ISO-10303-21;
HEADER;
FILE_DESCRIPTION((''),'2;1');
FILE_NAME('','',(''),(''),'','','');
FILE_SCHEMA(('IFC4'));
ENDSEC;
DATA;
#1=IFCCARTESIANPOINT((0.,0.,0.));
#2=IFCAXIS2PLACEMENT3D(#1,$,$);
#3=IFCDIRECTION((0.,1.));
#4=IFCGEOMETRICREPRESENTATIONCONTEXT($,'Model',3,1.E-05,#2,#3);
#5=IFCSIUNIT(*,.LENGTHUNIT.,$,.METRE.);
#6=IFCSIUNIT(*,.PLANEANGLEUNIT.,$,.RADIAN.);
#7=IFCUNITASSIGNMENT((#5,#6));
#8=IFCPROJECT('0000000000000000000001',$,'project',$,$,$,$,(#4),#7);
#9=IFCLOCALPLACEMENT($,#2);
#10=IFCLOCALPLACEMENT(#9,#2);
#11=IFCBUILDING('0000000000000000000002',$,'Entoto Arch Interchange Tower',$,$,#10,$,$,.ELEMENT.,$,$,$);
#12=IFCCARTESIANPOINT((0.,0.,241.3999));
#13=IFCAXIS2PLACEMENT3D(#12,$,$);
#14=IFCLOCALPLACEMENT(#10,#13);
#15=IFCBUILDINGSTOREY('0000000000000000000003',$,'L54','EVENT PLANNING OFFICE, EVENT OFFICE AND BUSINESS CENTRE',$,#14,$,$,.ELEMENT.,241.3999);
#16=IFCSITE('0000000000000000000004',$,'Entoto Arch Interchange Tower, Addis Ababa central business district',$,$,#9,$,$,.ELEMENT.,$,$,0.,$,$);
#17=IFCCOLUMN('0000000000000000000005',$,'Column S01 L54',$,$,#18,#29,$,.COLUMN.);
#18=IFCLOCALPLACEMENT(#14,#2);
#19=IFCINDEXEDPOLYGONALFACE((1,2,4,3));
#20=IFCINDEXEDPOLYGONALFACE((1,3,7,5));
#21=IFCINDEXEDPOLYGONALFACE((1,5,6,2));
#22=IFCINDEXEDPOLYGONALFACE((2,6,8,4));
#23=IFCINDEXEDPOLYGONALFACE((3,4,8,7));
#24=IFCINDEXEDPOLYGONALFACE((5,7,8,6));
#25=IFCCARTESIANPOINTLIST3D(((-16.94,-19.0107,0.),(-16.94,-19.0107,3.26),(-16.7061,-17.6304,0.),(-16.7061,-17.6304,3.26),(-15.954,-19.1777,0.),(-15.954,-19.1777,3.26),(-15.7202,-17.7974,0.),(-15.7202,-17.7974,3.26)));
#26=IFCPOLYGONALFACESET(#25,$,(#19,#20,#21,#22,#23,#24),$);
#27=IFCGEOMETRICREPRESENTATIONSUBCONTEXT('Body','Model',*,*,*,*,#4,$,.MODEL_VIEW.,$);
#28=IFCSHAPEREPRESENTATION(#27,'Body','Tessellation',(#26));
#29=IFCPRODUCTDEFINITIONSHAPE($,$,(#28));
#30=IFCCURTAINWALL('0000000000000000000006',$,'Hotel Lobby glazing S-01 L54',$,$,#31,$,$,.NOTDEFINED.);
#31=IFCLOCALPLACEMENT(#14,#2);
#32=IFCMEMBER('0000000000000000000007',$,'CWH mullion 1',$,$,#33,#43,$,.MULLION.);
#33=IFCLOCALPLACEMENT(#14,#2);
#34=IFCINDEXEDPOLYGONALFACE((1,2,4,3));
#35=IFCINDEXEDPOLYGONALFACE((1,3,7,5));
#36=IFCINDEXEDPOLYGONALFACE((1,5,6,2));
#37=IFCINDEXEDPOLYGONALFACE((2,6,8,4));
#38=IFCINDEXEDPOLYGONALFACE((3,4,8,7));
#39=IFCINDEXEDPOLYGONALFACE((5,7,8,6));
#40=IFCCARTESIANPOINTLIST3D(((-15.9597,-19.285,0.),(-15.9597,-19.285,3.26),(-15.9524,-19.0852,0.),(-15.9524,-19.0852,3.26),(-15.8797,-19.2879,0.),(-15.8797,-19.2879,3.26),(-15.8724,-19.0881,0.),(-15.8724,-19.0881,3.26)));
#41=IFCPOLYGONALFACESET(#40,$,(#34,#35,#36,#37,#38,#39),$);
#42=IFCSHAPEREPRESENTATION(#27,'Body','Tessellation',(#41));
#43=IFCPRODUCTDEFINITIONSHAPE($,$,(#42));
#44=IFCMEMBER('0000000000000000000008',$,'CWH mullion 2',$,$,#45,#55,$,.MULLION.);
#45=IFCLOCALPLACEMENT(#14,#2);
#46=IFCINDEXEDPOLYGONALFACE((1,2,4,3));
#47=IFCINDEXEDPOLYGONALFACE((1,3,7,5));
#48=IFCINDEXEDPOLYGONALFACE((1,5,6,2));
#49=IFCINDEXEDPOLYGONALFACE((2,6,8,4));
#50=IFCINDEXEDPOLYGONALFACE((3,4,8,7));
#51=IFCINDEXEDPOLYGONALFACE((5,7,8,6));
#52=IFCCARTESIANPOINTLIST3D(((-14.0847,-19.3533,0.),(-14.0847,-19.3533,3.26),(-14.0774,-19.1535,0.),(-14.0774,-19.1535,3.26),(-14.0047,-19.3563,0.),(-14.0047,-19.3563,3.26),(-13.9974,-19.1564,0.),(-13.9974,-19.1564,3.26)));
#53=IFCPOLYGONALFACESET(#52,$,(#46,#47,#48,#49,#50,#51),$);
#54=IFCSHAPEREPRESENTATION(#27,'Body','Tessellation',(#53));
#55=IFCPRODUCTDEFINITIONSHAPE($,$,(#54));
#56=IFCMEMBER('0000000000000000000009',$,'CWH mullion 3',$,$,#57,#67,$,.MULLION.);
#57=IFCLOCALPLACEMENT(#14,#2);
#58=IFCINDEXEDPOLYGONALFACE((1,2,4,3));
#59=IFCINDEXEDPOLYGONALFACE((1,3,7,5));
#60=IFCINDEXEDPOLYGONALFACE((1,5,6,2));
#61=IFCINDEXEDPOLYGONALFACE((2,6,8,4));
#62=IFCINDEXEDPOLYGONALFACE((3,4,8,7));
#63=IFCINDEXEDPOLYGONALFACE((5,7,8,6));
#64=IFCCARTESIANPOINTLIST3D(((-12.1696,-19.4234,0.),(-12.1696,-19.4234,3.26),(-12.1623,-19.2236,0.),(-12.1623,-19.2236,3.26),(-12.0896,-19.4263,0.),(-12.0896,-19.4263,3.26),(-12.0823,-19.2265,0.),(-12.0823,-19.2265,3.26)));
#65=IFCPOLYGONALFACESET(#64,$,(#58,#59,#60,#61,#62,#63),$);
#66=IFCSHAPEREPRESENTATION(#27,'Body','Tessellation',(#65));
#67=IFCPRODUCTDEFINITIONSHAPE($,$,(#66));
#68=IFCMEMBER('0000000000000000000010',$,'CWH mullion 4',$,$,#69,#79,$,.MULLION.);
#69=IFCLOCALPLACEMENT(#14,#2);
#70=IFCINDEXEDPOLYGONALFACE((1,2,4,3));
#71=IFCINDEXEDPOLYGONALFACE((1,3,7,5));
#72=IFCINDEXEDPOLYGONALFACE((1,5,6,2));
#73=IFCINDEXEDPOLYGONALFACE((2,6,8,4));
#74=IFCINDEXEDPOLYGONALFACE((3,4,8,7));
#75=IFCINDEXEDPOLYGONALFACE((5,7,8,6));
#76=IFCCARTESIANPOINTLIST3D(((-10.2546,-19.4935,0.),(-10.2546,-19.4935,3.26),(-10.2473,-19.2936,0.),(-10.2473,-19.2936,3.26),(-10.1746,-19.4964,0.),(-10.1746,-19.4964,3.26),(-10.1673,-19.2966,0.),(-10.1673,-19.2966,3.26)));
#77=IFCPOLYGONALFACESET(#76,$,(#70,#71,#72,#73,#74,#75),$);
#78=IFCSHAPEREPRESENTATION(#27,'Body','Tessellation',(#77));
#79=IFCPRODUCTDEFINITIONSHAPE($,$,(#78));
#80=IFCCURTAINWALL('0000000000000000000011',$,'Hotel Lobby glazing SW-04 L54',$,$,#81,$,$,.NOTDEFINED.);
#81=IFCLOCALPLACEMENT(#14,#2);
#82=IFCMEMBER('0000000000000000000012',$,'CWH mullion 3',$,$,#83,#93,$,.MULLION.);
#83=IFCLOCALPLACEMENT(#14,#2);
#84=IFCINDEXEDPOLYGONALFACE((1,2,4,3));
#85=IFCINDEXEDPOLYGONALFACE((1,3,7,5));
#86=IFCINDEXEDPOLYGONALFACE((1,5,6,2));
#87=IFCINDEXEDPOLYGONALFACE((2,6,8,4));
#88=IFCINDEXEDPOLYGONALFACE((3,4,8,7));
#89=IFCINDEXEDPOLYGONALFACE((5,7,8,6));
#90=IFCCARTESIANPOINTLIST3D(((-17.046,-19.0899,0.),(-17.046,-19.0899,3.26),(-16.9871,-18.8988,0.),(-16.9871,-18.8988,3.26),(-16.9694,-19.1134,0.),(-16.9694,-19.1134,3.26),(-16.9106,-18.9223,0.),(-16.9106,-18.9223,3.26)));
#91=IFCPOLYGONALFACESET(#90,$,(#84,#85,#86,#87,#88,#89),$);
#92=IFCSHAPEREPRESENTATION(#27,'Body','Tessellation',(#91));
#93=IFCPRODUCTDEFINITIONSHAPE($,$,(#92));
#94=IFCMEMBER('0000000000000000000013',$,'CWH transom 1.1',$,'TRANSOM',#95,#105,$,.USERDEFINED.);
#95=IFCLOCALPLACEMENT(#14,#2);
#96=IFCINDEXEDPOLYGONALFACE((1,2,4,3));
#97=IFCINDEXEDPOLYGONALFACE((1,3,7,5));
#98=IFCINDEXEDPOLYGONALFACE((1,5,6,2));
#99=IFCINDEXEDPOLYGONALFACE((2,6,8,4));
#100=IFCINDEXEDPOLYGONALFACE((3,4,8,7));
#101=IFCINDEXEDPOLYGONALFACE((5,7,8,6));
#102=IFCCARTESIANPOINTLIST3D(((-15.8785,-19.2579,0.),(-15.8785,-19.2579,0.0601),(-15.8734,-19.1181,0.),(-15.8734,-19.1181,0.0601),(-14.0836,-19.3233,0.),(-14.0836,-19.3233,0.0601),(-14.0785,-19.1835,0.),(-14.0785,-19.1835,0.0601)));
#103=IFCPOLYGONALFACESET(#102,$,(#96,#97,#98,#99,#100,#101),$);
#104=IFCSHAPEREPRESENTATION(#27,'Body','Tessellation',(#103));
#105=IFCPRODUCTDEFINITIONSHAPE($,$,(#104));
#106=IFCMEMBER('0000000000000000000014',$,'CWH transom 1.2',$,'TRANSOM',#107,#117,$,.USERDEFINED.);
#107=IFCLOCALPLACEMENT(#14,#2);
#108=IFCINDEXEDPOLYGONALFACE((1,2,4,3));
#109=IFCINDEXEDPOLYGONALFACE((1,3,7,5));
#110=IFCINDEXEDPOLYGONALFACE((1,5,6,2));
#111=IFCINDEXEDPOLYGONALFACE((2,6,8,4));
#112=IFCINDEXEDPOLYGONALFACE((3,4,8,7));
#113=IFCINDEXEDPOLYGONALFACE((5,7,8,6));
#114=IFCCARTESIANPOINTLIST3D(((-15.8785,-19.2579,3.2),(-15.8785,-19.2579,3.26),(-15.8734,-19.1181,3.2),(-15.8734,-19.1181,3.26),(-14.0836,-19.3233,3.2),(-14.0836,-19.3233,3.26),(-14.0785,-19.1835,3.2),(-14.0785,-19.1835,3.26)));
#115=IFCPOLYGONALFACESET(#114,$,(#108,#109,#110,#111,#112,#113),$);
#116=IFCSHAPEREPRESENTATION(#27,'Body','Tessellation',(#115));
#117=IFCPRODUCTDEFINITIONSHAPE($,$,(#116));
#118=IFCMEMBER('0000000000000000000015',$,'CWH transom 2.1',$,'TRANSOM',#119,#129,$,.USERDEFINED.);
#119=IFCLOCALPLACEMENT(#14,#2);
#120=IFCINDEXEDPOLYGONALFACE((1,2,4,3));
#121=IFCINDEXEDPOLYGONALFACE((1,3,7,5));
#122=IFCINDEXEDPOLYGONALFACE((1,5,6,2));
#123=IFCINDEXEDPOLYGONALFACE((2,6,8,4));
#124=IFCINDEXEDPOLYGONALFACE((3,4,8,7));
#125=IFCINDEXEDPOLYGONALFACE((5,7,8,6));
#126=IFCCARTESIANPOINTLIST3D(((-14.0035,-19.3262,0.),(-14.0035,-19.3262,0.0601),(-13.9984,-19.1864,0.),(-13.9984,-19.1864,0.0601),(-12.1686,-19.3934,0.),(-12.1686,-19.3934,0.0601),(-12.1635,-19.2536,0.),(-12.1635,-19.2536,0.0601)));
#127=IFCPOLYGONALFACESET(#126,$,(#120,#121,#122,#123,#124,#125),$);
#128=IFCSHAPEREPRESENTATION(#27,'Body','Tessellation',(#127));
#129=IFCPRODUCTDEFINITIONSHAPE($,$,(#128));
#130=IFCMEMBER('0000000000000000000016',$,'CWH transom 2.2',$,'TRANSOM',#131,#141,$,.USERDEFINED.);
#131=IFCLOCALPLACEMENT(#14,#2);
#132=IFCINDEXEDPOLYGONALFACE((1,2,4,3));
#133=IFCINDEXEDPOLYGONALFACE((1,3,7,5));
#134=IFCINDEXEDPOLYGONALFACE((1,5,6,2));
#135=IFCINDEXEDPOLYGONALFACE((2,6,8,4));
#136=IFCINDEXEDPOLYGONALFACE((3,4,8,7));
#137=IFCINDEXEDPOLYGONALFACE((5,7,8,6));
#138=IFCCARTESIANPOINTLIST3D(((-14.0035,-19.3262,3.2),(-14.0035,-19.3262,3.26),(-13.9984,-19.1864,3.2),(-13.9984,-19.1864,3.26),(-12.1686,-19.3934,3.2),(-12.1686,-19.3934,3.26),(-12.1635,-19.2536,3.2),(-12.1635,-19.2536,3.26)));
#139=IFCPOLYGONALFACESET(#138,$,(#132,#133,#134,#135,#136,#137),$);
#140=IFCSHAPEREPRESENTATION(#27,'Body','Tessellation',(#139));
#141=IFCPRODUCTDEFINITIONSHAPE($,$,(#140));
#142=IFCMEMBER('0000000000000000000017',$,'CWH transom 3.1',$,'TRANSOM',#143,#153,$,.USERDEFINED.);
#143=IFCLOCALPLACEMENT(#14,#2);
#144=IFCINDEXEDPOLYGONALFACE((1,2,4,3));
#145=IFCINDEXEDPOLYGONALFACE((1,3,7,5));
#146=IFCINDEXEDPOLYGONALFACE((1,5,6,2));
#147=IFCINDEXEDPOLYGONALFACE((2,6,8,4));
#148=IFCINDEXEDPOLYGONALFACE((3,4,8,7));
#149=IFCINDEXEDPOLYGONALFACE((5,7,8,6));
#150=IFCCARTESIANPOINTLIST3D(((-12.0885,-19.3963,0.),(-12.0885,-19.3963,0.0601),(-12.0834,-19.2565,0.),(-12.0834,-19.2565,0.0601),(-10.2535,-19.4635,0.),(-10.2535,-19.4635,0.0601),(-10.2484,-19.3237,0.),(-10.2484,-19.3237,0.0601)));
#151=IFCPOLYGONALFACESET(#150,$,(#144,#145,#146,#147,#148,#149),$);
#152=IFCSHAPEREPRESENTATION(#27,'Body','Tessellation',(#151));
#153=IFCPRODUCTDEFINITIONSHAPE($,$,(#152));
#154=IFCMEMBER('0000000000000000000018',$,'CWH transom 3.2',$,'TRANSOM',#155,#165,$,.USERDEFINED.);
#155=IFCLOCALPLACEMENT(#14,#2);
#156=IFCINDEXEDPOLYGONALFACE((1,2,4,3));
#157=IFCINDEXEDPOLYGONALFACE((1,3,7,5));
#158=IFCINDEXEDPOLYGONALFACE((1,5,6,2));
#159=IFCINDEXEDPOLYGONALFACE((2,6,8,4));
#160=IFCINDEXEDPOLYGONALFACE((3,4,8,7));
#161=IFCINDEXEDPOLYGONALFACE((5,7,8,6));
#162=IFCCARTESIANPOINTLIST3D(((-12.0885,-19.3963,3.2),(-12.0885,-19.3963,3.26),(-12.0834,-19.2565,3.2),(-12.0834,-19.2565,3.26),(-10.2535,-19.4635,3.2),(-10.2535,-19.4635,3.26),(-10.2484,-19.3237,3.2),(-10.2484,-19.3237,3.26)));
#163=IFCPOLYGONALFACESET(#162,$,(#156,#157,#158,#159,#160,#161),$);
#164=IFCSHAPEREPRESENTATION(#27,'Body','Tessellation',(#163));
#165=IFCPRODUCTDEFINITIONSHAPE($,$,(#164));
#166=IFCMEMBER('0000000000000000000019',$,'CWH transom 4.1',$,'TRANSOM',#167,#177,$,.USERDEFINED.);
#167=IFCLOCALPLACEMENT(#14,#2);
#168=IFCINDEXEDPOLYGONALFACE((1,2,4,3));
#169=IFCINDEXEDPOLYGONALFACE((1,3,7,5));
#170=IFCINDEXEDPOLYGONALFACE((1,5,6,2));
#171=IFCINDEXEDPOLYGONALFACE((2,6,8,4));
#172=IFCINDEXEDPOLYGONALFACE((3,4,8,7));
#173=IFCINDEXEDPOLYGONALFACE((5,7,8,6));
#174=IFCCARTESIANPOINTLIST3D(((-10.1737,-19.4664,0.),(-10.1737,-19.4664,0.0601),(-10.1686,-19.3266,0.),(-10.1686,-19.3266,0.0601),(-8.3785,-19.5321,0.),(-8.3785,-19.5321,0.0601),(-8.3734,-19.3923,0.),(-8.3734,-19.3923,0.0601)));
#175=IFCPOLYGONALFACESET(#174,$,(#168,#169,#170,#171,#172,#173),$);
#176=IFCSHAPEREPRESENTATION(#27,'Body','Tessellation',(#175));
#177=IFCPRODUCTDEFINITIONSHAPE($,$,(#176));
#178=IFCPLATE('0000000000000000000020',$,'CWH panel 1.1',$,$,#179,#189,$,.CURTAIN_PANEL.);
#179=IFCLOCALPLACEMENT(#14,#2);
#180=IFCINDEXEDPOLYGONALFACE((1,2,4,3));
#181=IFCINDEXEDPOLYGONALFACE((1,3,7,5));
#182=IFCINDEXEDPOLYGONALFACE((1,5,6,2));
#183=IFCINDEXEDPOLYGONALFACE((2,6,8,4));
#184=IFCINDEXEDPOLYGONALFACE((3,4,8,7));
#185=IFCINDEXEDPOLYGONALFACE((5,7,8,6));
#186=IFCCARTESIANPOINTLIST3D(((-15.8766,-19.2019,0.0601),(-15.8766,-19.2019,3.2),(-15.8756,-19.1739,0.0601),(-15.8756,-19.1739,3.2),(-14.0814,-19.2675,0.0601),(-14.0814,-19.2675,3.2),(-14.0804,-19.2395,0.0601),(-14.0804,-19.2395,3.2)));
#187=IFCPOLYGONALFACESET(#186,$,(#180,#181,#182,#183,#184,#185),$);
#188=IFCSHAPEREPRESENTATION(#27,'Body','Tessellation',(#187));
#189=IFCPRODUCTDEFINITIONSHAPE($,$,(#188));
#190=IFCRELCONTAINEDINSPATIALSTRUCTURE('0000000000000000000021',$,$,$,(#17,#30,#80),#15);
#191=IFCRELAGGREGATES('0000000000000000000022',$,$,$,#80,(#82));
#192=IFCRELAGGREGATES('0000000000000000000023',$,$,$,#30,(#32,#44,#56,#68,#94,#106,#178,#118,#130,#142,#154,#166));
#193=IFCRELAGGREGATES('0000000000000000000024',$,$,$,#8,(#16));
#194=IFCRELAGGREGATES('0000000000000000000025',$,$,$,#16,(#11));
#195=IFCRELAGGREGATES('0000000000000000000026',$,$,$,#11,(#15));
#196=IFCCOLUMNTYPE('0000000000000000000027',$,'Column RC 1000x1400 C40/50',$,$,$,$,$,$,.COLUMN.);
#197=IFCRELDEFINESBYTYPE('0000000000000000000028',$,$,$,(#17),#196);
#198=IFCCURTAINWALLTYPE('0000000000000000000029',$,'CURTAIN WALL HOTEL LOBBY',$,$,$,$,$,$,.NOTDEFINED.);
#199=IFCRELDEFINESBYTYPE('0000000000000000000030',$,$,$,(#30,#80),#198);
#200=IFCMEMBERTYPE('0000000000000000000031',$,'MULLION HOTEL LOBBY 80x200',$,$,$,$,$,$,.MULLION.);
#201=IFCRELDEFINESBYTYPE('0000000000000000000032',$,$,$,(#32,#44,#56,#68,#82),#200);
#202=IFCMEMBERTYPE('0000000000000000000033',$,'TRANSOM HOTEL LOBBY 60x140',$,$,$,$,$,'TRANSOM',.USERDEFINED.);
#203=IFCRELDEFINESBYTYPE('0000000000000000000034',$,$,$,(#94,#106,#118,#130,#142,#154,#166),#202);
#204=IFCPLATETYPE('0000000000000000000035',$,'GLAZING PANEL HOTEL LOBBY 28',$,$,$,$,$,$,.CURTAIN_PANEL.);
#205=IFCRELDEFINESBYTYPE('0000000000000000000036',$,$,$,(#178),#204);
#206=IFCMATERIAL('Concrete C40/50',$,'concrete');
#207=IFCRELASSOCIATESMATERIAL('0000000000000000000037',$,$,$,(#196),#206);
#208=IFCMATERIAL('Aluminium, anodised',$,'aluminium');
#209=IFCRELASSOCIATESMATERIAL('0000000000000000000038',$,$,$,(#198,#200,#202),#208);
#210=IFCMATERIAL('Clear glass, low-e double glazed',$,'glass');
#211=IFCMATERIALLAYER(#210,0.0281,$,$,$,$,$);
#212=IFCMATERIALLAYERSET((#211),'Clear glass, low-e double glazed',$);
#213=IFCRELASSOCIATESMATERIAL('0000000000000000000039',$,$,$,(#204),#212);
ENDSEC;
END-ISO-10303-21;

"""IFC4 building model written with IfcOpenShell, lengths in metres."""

from ifc_helpers import new_model, si_unit, direction, frame, origin, origin_2d, place, context, subcontext, project, spatial, rectangle, extrude, material, layer, layer_set, material_profile, profile_set, type_object, element, aggregate, save


model = new_model("IFC4")

# Units and contexts
model_context = context("Model", 3, precision=1e-05, world=origin(), true_north=direction((0.0, 1.0)))
body_context = subcontext(model_context, "Body", "Model", "MODEL_VIEW")
ifc_project = project(units=[si_unit("LENGTHUNIT", "METRE"), si_unit("PLANEANGLEUNIT", "RADIAN")], contexts=[model_context])

# Site, building, storey
site_placement = place(None, origin())
site = spatial("IfcSite", under=ifc_project, at=site_placement, Name="Entoto Arch Interchange Tower, Addis Ababa central business district", CompositionType="ELEMENT", RefElevation=0.0)
building_placement = place(site_placement, origin())
building = spatial("IfcBuilding", under=site, at=building_placement, Name="Entoto Arch Interchange Tower", CompositionType="ELEMENT")
storey_placement = place(building_placement, frame((0.0, 0.0, 241.3999)))
storey = spatial("IfcBuildingStorey", under=building, at=storey_placement, Name="L54", Description="EVENT PLANNING OFFICE, EVENT OFFICE AND BUSINESS CENTRE", CompositionType="ELEMENT", Elevation=241.3999)

# Column
ifc_material_1 = material(Name="Concrete C40/50", Category="concrete")
ifc_material_profile_1 = material_profile(ifc_material_1, rectangle(XDim=1.0, YDim=1.3999, at=origin_2d()))
ifc_profile_set_1 = profile_set([ifc_material_profile_1], Name="Concrete C40/50")
column_type = type_object("IfcColumnType", Name="Column RC 1000x1400 C40/50", PredefinedType="COLUMN", material=ifc_profile_set_1)
column_placement = place(storey_placement, frame((-16.3301, -18.4041, 0.0), z_axis=(0.0, 0.0, 1.0), x_axis=(-0.985952, 0.167027, 0.0)))
element("IfcColumn", 1, at=column_placement, inside=storey, type_object=column_type, Name="Column S01 L54", PredefinedType="COLUMN", context=body_context, shape_type="SweptSolid", body=[
    extrude(rectangle(XDim=1.0, YDim=1.3999, at=origin_2d()), origin(), (0.0, 0.0, 1.0), 3.26),
])

# Curtain wall, members
ifc_material_2 = material(Name="Aluminium, anodised", Category="aluminium")
curtain_wall_type = type_object("IfcCurtainWallType", Name="CURTAIN WALL HOTEL LOBBY", PredefinedType="NOTDEFINED", material=ifc_material_2)
curtain_wall_1_placement = place(storey_placement, origin())
curtain_wall_1 = element("IfcCurtainWall", 2, at=curtain_wall_1_placement, inside=storey, type_object=curtain_wall_type, Name="Hotel Lobby glazing S-01 L54", PredefinedType="NOTDEFINED")
ifc_material_profile_2 = material_profile(ifc_material_2, rectangle(XDim=0.2, YDim=0.0801, at=origin_2d()))
ifc_profile_set_2 = profile_set([ifc_material_profile_2], Name="Aluminium, anodised")
member_type_1 = type_object("IfcMemberType", Name="MULLION HOTEL LOBBY 80x200", PredefinedType="MULLION", material=ifc_profile_set_2)
member_1_placement = place(storey_placement, frame((-15.916, -19.1865, 0.0), z_axis=(0.0, 0.0, 1.0), x_axis=(0.036529, 0.999333, 0.0)))
member_1 = element("IfcMember", 3, at=member_1_placement, type_object=member_type_1, Name="CWH mullion 1", PredefinedType="MULLION", context=body_context, shape_type="SweptSolid", body=[
    extrude(rectangle(XDim=0.2, YDim=0.0801, at=origin_2d()), origin(), (0.0, 0.0, 1.0), 3.26),
])
member_2_placement = place(storey_placement, frame((-14.041, -19.2549, 0.0), z_axis=(0.0, 0.0, 1.0), x_axis=(0.036529, 0.999333, 0.0)))
member_2 = element("IfcMember", 4, at=member_2_placement, type_object=member_type_1, Name="CWH mullion 2", PredefinedType="MULLION", context=body_context, shape_type="SweptSolid", body=[
    extrude(rectangle(XDim=0.2, YDim=0.0801, at=origin_2d()), origin(), (0.0, 0.0, 1.0), 3.26),
])
member_3_placement = place(storey_placement, frame((-12.126, -19.325, 0.0), z_axis=(0.0, 0.0, 1.0), x_axis=(0.036529, 0.999333, 0.0)))
member_3 = element("IfcMember", 5, at=member_3_placement, type_object=member_type_1, Name="CWH mullion 3", PredefinedType="MULLION", context=body_context, shape_type="SweptSolid", body=[
    extrude(rectangle(XDim=0.2, YDim=0.0801, at=origin_2d()), origin(), (0.0, 0.0, 1.0), 3.26),
])
member_4_placement = place(storey_placement, frame((-10.2109, -19.395, 0.0), z_axis=(0.0, 0.0, 1.0), x_axis=(0.036529, 0.999333, 0.0)))
member_4 = element("IfcMember", 6, at=member_4_placement, type_object=member_type_1, Name="CWH mullion 4", PredefinedType="MULLION", context=body_context, shape_type="SweptSolid", body=[
    extrude(rectangle(XDim=0.2, YDim=0.0801, at=origin_2d()), origin(), (0.0, 0.0, 1.0), 3.26),
])

# Curtain wall, member
curtain_wall_2_placement = place(storey_placement, origin())
curtain_wall_2 = element("IfcCurtainWall", 7, at=curtain_wall_2_placement, inside=storey, type_object=curtain_wall_type, Name="Hotel Lobby glazing SW-04 L54", PredefinedType="NOTDEFINED")
member_5_placement = place(storey_placement, frame((-16.9783, -19.0061, 0.0), z_axis=(0.0, 0.0, 1.0), x_axis=(0.29441, 0.955679, 0.0)))
member_5 = element("IfcMember", 8, at=member_5_placement, type_object=member_type_1, Name="CWH mullion 3", PredefinedType="MULLION", context=body_context, shape_type="SweptSolid", body=[
    extrude(rectangle(XDim=0.2, YDim=0.0801, at=origin_2d()), origin(), (0.0, 0.0, 1.0), 3.26),
])
aggregate(curtain_wall_2, [member_5])

# Members
ifc_material_profile_3 = material_profile(ifc_material_2, rectangle(XDim=0.1399, YDim=0.0601, at=origin_2d()))
ifc_profile_set_3 = profile_set([ifc_material_profile_3], Name="Aluminium, anodised")
member_type_2 = type_object("IfcMemberType", Name="TRANSOM HOTEL LOBBY 60x140", ElementType="TRANSOM", PredefinedType="USERDEFINED", material=ifc_profile_set_3)
member_6_placement = place(storey_placement, frame((-15.876, -19.188, 0.03), z_axis=(0.999336, -0.036428, 0.0), x_axis=(0.036428, 0.999336, 0.0)))
member_6 = element("IfcMember", 9, at=member_6_placement, type_object=member_type_2, Name="CWH transom 1.1", ObjectType="TRANSOM", PredefinedType="USERDEFINED", context=body_context, shape_type="SweptSolid", body=[
    extrude(rectangle(XDim=0.1399, YDim=0.0601, at=origin_2d()), origin(), (0.0, 0.0, 1.0), 1.7961),
])
member_7_placement = place(storey_placement, frame((-15.876, -19.188, 3.23), z_axis=(0.999336, -0.036428, 0.0), x_axis=(0.036428, 0.999336, 0.0)))
member_7 = element("IfcMember", 10, at=member_7_placement, type_object=member_type_2, Name="CWH transom 1.2", ObjectType="TRANSOM", PredefinedType="USERDEFINED", context=body_context, shape_type="SweptSolid", body=[
    extrude(rectangle(XDim=0.1399, YDim=0.0601, at=origin_2d()), origin(), (0.0, 0.0, 1.0), 1.7961),
])
member_8_placement = place(storey_placement, frame((-14.001, -19.2563, 0.03), z_axis=(0.999331, -0.036564, 0.0), x_axis=(0.036564, 0.999331, 0.0)))
member_8 = element("IfcMember", 11, at=member_8_placement, type_object=member_type_2, Name="CWH transom 2.1", ObjectType="TRANSOM", PredefinedType="USERDEFINED", context=body_context, shape_type="SweptSolid", body=[
    extrude(rectangle(XDim=0.1399, YDim=0.0601, at=origin_2d()), origin(), (0.0, 0.0, 1.0), 1.8362),
])
member_9_placement = place(storey_placement, frame((-14.001, -19.2563, 3.23), z_axis=(0.999331, -0.036564, 0.0), x_axis=(0.036564, 0.999331, 0.0)))
member_9 = element("IfcMember", 12, at=member_9_placement, type_object=member_type_2, Name="CWH transom 2.2", ObjectType="TRANSOM", PredefinedType="USERDEFINED", context=body_context, shape_type="SweptSolid", body=[
    extrude(rectangle(XDim=0.1399, YDim=0.0601, at=origin_2d()), origin(), (0.0, 0.0, 1.0), 1.8362),
])
member_10_placement = place(storey_placement, frame((-12.0859, -19.3264, 0.03), z_axis=(0.999331, -0.036564, 0.0), x_axis=(0.036564, 0.999331, 0.0)))
member_10 = element("IfcMember", 13, at=member_10_placement, type_object=member_type_2, Name="CWH transom 3.1", ObjectType="TRANSOM", PredefinedType="USERDEFINED", context=body_context, shape_type="SweptSolid", body=[
    extrude(rectangle(XDim=0.1399, YDim=0.0601, at=origin_2d()), origin(), (0.0, 0.0, 1.0), 1.8362),
])
member_11_placement = place(storey_placement, frame((-12.0859, -19.3264, 3.23), z_axis=(0.999331, -0.036564, 0.0), x_axis=(0.036564, 0.999331, 0.0)))
member_11 = element("IfcMember", 14, at=member_11_placement, type_object=member_type_2, Name="CWH transom 3.2", ObjectType="TRANSOM", PredefinedType="USERDEFINED", context=body_context, shape_type="SweptSolid", body=[
    extrude(rectangle(XDim=0.1399, YDim=0.0601, at=origin_2d()), origin(), (0.0, 0.0, 1.0), 1.8362),
])
member_12_placement = place(storey_placement, frame((-10.1711, -19.3965, 0.03), z_axis=(0.999331, -0.036559, 0.0), x_axis=(0.036559, 0.999331, 0.0)))
member_12 = element("IfcMember", 15, at=member_12_placement, type_object=member_type_2, Name="CWH transom 4.1", ObjectType="TRANSOM", PredefinedType="USERDEFINED", context=body_context, shape_type="SweptSolid", body=[
    extrude(rectangle(XDim=0.1399, YDim=0.0601, at=origin_2d()), origin(), (0.0, 0.0, 1.0), 1.7964),
])

# Plate
ifc_material_3 = material(Name="Clear glass, low-e double glazed", Category="glass")
ifc_layer_1 = layer(ifc_material_3, 0.0281)
ifc_layer_set_1 = layer_set([ifc_layer_1], Name="Clear glass, low-e double glazed")
plate_type = type_object("IfcPlateType", Name="GLAZING PANEL HOTEL LOBBY 28", PredefinedType="CURTAIN_PANEL", material=ifc_layer_set_1)
plate_1_placement = place(storey_placement, frame((-14.9785, -19.2207, 0.0601), z_axis=(0.0, 0.0, 1.0), x_axis=(0.999333, -0.036529, 0.0)))
plate_1 = element("IfcPlate", 16, at=plate_1_placement, type_object=plate_type, Name="CWH panel 1.1", PredefinedType="CURTAIN_PANEL", context=body_context, shape_type="SweptSolid", body=[
    extrude(rectangle(XDim=1.7964, YDim=0.0281, at=origin_2d()), origin(), (0.0, 0.0, 1.0), 3.1399),
])
aggregate(curtain_wall_1, [member_1, member_2, member_3, member_4, member_6, member_7, plate_1, member_8, member_9, member_10, member_11, member_12])

save(model, "model.ifc")
